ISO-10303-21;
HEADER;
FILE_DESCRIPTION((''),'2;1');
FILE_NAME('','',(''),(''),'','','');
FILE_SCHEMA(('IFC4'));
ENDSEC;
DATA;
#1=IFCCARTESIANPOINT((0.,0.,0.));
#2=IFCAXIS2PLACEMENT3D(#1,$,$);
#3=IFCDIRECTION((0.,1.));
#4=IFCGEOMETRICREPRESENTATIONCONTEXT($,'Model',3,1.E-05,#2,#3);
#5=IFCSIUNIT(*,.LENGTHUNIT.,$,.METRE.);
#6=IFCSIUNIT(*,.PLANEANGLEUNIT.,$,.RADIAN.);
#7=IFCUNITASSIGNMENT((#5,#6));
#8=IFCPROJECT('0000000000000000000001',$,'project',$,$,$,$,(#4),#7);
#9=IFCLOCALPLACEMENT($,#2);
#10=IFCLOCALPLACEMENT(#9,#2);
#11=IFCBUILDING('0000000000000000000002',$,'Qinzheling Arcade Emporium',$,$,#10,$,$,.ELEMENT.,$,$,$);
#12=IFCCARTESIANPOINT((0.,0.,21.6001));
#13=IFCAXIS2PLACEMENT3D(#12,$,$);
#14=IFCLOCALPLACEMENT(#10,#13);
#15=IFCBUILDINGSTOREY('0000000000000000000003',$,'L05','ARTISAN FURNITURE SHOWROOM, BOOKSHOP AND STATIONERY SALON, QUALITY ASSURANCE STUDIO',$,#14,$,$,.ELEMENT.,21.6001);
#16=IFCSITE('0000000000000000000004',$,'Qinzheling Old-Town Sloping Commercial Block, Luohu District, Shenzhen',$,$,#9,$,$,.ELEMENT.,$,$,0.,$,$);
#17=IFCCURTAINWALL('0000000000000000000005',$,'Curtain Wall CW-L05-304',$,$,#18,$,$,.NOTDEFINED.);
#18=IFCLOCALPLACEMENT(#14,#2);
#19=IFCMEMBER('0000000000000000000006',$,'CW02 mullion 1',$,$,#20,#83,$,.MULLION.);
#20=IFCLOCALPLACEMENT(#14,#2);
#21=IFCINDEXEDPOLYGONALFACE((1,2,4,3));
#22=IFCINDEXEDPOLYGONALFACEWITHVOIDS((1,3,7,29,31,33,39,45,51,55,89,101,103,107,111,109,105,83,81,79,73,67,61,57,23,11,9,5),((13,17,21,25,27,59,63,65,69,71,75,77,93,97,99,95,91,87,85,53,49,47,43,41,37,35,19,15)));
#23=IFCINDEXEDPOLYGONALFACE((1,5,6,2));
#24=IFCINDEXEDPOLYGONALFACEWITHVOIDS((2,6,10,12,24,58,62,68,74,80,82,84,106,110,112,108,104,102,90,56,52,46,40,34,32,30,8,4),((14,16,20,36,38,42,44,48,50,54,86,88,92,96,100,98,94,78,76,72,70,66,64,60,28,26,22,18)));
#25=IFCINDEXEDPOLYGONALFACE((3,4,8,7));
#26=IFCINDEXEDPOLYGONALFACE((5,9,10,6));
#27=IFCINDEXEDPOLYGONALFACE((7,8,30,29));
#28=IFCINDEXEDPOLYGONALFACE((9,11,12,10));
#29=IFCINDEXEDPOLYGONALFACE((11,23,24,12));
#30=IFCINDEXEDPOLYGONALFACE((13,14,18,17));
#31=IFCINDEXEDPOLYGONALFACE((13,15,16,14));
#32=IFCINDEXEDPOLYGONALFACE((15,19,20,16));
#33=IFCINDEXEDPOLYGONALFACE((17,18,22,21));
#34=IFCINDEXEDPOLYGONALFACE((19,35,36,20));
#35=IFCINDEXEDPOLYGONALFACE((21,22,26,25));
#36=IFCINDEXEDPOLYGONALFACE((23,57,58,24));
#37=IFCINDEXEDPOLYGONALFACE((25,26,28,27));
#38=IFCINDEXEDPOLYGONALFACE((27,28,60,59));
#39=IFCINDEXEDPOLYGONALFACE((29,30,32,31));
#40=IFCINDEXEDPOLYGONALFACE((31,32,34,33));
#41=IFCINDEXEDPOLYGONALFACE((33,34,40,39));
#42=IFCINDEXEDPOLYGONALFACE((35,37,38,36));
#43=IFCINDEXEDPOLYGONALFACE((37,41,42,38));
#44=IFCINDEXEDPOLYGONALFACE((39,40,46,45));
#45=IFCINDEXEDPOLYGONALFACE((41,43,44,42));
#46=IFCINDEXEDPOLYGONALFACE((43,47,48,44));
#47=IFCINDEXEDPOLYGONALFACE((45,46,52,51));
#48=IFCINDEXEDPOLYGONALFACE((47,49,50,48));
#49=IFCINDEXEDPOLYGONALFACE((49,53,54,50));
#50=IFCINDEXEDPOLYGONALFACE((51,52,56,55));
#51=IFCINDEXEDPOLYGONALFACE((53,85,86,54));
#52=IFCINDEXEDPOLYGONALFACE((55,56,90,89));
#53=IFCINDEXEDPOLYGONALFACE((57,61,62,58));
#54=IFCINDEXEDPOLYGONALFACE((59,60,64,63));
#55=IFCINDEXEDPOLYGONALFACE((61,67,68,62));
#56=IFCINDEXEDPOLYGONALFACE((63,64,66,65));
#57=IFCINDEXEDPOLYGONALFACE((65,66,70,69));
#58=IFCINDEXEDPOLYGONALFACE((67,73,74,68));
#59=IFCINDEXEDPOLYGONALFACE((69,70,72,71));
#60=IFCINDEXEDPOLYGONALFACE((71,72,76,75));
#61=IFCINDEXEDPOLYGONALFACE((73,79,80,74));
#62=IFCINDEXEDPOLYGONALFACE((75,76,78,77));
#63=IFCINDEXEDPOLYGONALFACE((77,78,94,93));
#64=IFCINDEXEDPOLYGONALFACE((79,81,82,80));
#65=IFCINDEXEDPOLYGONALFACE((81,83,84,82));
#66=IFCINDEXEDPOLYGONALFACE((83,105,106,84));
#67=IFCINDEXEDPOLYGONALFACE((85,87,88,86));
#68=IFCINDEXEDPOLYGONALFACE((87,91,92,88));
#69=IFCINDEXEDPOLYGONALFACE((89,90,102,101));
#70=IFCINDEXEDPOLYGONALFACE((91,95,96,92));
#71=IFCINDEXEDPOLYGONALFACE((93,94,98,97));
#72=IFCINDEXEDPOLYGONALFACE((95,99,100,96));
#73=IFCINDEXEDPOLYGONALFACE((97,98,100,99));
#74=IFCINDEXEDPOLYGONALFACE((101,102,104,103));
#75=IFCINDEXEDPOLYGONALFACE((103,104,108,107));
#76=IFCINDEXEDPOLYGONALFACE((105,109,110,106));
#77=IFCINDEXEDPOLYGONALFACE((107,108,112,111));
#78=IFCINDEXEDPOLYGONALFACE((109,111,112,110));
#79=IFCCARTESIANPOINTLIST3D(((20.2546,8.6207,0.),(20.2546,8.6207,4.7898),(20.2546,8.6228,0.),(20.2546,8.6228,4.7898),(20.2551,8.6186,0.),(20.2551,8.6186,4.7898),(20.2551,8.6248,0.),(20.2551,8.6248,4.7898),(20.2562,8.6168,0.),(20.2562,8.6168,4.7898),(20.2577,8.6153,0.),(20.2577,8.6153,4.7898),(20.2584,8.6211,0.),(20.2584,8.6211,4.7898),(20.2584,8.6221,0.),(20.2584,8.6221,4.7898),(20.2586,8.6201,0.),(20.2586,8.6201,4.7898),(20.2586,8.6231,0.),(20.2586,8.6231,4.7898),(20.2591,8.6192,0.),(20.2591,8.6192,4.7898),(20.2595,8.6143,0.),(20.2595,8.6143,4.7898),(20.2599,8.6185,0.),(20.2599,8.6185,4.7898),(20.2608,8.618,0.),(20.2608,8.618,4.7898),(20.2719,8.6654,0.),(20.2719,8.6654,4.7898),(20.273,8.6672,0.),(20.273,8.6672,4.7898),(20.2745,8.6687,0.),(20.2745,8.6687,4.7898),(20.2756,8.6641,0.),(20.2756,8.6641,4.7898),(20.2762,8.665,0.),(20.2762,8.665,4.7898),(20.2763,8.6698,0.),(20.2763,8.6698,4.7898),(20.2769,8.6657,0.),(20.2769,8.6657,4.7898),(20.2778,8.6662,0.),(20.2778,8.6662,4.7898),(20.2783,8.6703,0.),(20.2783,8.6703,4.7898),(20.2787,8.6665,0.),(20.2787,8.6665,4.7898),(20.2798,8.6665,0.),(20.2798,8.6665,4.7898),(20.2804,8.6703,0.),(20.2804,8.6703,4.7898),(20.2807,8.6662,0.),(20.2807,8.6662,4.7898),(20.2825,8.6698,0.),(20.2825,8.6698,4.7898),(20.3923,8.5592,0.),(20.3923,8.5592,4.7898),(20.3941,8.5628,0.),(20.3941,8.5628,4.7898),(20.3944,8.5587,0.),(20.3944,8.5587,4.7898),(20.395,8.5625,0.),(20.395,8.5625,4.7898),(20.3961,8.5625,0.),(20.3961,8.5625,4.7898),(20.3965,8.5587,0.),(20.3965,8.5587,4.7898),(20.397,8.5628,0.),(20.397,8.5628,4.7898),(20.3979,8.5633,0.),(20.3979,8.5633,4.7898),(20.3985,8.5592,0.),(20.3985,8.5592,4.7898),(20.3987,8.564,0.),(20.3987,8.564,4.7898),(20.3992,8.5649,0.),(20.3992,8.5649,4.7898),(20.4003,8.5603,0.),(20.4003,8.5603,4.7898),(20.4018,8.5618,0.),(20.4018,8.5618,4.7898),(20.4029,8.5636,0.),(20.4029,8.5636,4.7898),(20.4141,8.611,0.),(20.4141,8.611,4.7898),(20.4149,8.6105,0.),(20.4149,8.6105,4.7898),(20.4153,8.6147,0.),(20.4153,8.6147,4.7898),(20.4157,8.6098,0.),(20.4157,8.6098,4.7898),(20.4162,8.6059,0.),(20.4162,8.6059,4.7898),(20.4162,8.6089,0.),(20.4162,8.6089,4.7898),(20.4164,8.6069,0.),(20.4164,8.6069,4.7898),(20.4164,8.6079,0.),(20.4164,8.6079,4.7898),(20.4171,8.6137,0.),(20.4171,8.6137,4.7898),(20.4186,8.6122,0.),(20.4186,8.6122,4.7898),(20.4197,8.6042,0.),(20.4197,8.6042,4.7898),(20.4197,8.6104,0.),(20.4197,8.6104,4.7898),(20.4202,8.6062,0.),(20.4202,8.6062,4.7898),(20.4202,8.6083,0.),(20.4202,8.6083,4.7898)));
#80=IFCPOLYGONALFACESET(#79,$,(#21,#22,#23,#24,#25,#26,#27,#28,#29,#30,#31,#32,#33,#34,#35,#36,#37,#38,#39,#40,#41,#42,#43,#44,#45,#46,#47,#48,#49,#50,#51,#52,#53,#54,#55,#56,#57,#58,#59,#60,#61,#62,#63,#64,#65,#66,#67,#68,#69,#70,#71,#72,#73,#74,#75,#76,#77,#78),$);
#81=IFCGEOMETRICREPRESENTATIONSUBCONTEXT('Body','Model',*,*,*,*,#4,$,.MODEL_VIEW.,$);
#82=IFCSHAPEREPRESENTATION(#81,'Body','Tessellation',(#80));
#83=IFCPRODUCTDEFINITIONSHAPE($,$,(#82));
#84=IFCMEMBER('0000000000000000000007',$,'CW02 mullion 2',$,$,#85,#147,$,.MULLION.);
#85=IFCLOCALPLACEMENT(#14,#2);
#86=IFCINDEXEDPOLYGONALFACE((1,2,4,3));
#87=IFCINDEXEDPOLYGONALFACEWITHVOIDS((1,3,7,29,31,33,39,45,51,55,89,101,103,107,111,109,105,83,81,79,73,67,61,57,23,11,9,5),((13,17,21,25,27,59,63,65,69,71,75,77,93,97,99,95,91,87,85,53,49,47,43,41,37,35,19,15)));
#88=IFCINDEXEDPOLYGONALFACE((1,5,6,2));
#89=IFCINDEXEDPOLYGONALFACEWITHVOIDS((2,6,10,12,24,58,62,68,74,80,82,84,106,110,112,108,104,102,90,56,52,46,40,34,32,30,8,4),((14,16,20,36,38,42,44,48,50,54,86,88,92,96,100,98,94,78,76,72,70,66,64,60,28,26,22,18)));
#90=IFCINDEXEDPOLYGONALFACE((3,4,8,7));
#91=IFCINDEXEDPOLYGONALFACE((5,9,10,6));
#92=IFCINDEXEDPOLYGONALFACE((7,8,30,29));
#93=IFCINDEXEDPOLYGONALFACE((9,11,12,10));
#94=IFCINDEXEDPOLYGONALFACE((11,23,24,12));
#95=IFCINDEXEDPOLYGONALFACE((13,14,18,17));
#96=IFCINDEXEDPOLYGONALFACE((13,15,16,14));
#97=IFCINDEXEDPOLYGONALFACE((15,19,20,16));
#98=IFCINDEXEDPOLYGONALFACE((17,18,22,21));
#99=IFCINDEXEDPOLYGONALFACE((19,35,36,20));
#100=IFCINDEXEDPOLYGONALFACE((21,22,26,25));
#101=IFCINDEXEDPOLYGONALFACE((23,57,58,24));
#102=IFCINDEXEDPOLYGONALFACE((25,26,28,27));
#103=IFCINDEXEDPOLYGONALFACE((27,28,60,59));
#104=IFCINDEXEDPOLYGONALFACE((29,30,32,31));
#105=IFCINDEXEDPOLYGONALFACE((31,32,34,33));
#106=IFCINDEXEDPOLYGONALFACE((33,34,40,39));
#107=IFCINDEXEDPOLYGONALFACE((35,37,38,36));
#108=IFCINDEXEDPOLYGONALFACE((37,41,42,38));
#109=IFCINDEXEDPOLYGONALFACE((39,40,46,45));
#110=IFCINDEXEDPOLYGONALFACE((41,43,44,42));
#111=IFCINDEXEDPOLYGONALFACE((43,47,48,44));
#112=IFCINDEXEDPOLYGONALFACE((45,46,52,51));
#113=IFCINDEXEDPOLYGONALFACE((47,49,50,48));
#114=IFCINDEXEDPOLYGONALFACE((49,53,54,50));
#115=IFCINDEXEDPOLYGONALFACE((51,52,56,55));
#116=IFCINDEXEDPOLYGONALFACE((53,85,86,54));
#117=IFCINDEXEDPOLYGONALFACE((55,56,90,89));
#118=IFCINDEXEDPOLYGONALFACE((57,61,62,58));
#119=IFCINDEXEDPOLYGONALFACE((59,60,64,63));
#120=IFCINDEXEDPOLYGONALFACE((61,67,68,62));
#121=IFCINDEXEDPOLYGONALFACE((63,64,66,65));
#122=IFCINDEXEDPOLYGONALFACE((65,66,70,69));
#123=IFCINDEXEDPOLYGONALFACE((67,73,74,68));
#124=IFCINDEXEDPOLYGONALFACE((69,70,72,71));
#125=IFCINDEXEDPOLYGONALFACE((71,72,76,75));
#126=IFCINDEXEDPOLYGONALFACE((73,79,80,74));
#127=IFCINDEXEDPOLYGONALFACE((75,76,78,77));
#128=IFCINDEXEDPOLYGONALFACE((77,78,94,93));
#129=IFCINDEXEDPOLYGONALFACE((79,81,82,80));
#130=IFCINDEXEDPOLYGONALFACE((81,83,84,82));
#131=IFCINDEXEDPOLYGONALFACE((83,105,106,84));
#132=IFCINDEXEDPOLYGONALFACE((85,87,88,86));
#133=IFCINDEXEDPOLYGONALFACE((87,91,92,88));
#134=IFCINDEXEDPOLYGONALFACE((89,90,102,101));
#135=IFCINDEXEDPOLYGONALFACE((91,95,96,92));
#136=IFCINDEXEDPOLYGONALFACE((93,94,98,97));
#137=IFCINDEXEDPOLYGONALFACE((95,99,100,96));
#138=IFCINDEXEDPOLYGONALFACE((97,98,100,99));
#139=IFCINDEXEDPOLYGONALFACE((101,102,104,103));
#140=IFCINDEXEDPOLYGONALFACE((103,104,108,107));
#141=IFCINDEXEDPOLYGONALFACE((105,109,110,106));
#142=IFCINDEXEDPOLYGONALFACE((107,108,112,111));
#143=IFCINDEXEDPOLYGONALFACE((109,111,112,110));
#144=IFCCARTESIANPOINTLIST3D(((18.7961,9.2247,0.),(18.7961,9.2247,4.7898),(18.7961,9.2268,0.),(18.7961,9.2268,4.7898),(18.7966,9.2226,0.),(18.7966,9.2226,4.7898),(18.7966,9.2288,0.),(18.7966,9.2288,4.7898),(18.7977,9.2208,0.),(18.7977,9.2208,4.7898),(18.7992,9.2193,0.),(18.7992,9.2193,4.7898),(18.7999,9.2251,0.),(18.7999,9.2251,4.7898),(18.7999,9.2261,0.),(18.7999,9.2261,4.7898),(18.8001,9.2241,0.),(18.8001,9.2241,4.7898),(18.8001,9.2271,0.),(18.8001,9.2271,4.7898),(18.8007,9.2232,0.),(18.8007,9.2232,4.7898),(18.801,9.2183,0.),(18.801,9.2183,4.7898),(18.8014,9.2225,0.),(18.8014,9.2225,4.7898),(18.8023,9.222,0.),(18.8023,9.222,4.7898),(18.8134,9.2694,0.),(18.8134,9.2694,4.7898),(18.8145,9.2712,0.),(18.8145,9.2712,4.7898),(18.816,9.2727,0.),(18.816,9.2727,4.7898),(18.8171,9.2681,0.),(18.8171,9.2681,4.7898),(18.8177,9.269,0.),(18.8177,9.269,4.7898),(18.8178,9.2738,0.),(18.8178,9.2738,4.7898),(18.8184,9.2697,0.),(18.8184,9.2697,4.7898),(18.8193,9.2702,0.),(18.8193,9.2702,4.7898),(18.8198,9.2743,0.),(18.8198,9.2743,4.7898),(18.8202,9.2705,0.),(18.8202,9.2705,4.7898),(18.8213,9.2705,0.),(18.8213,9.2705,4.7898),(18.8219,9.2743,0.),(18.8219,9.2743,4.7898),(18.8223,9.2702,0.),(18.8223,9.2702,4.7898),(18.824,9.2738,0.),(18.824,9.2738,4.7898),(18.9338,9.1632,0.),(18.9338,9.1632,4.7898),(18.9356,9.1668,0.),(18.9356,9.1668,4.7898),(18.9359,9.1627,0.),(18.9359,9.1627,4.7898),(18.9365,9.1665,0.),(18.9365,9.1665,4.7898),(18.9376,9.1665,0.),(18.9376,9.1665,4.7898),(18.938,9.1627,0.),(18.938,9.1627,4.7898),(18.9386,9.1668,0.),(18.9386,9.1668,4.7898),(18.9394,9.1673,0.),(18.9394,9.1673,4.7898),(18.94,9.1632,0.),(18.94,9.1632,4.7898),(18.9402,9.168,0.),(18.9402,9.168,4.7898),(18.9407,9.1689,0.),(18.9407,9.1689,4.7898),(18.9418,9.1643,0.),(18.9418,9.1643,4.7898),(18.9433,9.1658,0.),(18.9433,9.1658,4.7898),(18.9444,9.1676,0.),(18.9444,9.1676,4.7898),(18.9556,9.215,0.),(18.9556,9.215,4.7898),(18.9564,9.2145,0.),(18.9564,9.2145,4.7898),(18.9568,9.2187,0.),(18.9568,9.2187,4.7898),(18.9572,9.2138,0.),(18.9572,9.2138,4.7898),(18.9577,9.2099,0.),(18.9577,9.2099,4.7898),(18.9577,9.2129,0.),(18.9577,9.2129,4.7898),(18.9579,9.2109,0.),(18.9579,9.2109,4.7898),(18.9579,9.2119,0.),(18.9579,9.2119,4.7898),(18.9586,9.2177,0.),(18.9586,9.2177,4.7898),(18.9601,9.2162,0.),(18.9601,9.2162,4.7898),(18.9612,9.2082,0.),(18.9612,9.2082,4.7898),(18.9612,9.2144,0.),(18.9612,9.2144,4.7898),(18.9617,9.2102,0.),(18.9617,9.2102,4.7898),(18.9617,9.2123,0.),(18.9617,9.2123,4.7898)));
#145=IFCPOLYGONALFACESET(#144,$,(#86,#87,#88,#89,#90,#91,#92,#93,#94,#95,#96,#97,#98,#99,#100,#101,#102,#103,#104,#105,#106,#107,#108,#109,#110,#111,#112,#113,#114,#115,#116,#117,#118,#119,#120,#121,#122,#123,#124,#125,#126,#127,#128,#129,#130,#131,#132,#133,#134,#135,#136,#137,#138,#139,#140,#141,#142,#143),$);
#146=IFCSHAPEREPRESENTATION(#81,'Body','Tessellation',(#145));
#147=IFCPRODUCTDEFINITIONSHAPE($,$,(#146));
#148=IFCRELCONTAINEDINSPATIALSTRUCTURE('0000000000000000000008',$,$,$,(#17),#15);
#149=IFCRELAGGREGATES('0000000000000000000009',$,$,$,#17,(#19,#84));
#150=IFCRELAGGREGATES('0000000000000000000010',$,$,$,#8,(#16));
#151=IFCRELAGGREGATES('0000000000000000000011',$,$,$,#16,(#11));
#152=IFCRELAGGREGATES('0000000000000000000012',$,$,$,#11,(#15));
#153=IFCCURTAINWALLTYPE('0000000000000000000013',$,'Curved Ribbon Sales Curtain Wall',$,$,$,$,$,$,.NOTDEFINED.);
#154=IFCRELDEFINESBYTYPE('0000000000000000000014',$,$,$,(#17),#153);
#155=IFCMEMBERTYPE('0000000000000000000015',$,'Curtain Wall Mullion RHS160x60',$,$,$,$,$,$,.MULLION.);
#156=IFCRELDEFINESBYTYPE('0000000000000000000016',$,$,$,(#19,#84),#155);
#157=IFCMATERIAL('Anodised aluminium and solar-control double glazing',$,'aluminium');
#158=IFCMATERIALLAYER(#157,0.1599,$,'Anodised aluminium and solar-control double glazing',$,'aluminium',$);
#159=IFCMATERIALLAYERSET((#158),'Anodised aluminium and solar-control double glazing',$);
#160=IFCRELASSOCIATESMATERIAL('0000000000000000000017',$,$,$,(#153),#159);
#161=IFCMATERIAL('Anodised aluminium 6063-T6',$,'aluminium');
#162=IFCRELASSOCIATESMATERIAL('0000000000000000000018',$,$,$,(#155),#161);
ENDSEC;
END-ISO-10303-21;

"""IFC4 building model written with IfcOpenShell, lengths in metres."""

from ifc_helpers import new_model, si_unit, direction, frame, origin, origin_2d, place, context, subcontext, project, spatial, hollow_rectangle, extrude, material, layer, layer_set, material_profile, profile_set, type_object, element, aggregate, save


model = new_model("IFC4")

# Units and contexts
model_context = context("Model", 3, precision=1e-05, world=origin(), true_north=direction((0.0, 1.0)))
body_context = subcontext(model_context, "Body", "Model", "MODEL_VIEW")
ifc_project = project(units=[si_unit("LENGTHUNIT", "METRE"), si_unit("PLANEANGLEUNIT", "RADIAN")], contexts=[model_context])

# Site, building, storey
site_placement = place(None, origin())
site = spatial("IfcSite", under=ifc_project, at=site_placement, Name="Qinzheling Old-Town Sloping Commercial Block, Luohu District, Shenzhen", CompositionType="ELEMENT", RefElevation=0.0)
building_placement = place(site_placement, origin())
building = spatial("IfcBuilding", under=site, at=building_placement, Name="Qinzheling Arcade Emporium", CompositionType="ELEMENT")
storey_placement = place(building_placement, frame((0.0, 0.0, 21.6001)))
storey = spatial("IfcBuildingStorey", under=building, at=storey_placement, Name="L05", Description="ARTISAN FURNITURE SHOWROOM, BOOKSHOP AND STATIONERY SALON, QUALITY ASSURANCE STUDIO", CompositionType="ELEMENT", Elevation=21.6001)

# Curtain wall, members
ifc_material_1 = material(Name="Anodised aluminium and solar-control double glazing", Category="aluminium")
ifc_layer_1 = layer(ifc_material_1, 0.1599, Name="Anodised aluminium and solar-control double glazing", Category="aluminium")
ifc_layer_set_1 = layer_set([ifc_layer_1], Name="Anodised aluminium and solar-control double glazing")
curtain_wall_type = type_object("IfcCurtainWallType", Name="Curved Ribbon Sales Curtain Wall", PredefinedType="NOTDEFINED", material=ifc_layer_set_1)
ifc_material_2 = material(Name="Anodised aluminium 6063-T6", Category="aluminium")
ifc_material_profile_1 = material_profile(ifc_material_2, hollow_rectangle(XDim=0.0601, YDim=0.1599, WallThickness=0.0039, InnerFilletRadius=0.0039, OuterFilletRadius=0.0081, at=origin_2d()), Name="RHS 160x60x4", Category="aluminium")
ifc_profile_set_1 = profile_set([ifc_material_profile_1], Name="Anodised aluminium 6063-T6")
member_type_1 = type_object("IfcMemberType", Name="Curtain Wall Mullion RHS160x60", PredefinedType="MULLION", material=ifc_profile_set_1)
curtain_wall_1_placement = place(storey_placement, origin())
curtain_wall_1 = element("IfcCurtainWall", 1, at=curtain_wall_1_placement, inside=storey, type_object=curtain_wall_type, Name="Curtain Wall CW-L05-304", PredefinedType="NOTDEFINED")
member_1_placement = place(storey_placement, frame((20.3374, 8.6145, 0.0), z_axis=(0.0, 0.0, 1.0), x_axis=(-0.382672, -0.923884, 0.0)))
member_1 = element("IfcMember", 2, at=member_1_placement, type_object=member_type_1, Name="CW02 mullion 1", PredefinedType="MULLION", context=body_context, shape_type="SweptSolid", body=[
    extrude(hollow_rectangle(XDim=0.0601, YDim=0.1599, WallThickness=0.0039, InnerFilletRadius=0.0039, OuterFilletRadius=0.0081, at=origin_2d()), origin(), (0.0, 0.0, 1.0), 4.7898),
])
member_2_placement = place(storey_placement, frame((18.8789, 9.2185, 0.0), z_axis=(0.0, 0.0, 1.0), x_axis=(-0.382672, -0.923884, 0.0)))
member_2 = element("IfcMember", 3, at=member_2_placement, type_object=member_type_1, Name="CW02 mullion 2", PredefinedType="MULLION", context=body_context, shape_type="SweptSolid", body=[
    extrude(hollow_rectangle(XDim=0.0601, YDim=0.1599, WallThickness=0.0039, InnerFilletRadius=0.0039, OuterFilletRadius=0.0081, at=origin_2d()), origin(), (0.0, 0.0, 1.0), 4.7898),
])

aggregate(curtain_wall_1, [member_1, member_2])

save(model, "model.ifc")
